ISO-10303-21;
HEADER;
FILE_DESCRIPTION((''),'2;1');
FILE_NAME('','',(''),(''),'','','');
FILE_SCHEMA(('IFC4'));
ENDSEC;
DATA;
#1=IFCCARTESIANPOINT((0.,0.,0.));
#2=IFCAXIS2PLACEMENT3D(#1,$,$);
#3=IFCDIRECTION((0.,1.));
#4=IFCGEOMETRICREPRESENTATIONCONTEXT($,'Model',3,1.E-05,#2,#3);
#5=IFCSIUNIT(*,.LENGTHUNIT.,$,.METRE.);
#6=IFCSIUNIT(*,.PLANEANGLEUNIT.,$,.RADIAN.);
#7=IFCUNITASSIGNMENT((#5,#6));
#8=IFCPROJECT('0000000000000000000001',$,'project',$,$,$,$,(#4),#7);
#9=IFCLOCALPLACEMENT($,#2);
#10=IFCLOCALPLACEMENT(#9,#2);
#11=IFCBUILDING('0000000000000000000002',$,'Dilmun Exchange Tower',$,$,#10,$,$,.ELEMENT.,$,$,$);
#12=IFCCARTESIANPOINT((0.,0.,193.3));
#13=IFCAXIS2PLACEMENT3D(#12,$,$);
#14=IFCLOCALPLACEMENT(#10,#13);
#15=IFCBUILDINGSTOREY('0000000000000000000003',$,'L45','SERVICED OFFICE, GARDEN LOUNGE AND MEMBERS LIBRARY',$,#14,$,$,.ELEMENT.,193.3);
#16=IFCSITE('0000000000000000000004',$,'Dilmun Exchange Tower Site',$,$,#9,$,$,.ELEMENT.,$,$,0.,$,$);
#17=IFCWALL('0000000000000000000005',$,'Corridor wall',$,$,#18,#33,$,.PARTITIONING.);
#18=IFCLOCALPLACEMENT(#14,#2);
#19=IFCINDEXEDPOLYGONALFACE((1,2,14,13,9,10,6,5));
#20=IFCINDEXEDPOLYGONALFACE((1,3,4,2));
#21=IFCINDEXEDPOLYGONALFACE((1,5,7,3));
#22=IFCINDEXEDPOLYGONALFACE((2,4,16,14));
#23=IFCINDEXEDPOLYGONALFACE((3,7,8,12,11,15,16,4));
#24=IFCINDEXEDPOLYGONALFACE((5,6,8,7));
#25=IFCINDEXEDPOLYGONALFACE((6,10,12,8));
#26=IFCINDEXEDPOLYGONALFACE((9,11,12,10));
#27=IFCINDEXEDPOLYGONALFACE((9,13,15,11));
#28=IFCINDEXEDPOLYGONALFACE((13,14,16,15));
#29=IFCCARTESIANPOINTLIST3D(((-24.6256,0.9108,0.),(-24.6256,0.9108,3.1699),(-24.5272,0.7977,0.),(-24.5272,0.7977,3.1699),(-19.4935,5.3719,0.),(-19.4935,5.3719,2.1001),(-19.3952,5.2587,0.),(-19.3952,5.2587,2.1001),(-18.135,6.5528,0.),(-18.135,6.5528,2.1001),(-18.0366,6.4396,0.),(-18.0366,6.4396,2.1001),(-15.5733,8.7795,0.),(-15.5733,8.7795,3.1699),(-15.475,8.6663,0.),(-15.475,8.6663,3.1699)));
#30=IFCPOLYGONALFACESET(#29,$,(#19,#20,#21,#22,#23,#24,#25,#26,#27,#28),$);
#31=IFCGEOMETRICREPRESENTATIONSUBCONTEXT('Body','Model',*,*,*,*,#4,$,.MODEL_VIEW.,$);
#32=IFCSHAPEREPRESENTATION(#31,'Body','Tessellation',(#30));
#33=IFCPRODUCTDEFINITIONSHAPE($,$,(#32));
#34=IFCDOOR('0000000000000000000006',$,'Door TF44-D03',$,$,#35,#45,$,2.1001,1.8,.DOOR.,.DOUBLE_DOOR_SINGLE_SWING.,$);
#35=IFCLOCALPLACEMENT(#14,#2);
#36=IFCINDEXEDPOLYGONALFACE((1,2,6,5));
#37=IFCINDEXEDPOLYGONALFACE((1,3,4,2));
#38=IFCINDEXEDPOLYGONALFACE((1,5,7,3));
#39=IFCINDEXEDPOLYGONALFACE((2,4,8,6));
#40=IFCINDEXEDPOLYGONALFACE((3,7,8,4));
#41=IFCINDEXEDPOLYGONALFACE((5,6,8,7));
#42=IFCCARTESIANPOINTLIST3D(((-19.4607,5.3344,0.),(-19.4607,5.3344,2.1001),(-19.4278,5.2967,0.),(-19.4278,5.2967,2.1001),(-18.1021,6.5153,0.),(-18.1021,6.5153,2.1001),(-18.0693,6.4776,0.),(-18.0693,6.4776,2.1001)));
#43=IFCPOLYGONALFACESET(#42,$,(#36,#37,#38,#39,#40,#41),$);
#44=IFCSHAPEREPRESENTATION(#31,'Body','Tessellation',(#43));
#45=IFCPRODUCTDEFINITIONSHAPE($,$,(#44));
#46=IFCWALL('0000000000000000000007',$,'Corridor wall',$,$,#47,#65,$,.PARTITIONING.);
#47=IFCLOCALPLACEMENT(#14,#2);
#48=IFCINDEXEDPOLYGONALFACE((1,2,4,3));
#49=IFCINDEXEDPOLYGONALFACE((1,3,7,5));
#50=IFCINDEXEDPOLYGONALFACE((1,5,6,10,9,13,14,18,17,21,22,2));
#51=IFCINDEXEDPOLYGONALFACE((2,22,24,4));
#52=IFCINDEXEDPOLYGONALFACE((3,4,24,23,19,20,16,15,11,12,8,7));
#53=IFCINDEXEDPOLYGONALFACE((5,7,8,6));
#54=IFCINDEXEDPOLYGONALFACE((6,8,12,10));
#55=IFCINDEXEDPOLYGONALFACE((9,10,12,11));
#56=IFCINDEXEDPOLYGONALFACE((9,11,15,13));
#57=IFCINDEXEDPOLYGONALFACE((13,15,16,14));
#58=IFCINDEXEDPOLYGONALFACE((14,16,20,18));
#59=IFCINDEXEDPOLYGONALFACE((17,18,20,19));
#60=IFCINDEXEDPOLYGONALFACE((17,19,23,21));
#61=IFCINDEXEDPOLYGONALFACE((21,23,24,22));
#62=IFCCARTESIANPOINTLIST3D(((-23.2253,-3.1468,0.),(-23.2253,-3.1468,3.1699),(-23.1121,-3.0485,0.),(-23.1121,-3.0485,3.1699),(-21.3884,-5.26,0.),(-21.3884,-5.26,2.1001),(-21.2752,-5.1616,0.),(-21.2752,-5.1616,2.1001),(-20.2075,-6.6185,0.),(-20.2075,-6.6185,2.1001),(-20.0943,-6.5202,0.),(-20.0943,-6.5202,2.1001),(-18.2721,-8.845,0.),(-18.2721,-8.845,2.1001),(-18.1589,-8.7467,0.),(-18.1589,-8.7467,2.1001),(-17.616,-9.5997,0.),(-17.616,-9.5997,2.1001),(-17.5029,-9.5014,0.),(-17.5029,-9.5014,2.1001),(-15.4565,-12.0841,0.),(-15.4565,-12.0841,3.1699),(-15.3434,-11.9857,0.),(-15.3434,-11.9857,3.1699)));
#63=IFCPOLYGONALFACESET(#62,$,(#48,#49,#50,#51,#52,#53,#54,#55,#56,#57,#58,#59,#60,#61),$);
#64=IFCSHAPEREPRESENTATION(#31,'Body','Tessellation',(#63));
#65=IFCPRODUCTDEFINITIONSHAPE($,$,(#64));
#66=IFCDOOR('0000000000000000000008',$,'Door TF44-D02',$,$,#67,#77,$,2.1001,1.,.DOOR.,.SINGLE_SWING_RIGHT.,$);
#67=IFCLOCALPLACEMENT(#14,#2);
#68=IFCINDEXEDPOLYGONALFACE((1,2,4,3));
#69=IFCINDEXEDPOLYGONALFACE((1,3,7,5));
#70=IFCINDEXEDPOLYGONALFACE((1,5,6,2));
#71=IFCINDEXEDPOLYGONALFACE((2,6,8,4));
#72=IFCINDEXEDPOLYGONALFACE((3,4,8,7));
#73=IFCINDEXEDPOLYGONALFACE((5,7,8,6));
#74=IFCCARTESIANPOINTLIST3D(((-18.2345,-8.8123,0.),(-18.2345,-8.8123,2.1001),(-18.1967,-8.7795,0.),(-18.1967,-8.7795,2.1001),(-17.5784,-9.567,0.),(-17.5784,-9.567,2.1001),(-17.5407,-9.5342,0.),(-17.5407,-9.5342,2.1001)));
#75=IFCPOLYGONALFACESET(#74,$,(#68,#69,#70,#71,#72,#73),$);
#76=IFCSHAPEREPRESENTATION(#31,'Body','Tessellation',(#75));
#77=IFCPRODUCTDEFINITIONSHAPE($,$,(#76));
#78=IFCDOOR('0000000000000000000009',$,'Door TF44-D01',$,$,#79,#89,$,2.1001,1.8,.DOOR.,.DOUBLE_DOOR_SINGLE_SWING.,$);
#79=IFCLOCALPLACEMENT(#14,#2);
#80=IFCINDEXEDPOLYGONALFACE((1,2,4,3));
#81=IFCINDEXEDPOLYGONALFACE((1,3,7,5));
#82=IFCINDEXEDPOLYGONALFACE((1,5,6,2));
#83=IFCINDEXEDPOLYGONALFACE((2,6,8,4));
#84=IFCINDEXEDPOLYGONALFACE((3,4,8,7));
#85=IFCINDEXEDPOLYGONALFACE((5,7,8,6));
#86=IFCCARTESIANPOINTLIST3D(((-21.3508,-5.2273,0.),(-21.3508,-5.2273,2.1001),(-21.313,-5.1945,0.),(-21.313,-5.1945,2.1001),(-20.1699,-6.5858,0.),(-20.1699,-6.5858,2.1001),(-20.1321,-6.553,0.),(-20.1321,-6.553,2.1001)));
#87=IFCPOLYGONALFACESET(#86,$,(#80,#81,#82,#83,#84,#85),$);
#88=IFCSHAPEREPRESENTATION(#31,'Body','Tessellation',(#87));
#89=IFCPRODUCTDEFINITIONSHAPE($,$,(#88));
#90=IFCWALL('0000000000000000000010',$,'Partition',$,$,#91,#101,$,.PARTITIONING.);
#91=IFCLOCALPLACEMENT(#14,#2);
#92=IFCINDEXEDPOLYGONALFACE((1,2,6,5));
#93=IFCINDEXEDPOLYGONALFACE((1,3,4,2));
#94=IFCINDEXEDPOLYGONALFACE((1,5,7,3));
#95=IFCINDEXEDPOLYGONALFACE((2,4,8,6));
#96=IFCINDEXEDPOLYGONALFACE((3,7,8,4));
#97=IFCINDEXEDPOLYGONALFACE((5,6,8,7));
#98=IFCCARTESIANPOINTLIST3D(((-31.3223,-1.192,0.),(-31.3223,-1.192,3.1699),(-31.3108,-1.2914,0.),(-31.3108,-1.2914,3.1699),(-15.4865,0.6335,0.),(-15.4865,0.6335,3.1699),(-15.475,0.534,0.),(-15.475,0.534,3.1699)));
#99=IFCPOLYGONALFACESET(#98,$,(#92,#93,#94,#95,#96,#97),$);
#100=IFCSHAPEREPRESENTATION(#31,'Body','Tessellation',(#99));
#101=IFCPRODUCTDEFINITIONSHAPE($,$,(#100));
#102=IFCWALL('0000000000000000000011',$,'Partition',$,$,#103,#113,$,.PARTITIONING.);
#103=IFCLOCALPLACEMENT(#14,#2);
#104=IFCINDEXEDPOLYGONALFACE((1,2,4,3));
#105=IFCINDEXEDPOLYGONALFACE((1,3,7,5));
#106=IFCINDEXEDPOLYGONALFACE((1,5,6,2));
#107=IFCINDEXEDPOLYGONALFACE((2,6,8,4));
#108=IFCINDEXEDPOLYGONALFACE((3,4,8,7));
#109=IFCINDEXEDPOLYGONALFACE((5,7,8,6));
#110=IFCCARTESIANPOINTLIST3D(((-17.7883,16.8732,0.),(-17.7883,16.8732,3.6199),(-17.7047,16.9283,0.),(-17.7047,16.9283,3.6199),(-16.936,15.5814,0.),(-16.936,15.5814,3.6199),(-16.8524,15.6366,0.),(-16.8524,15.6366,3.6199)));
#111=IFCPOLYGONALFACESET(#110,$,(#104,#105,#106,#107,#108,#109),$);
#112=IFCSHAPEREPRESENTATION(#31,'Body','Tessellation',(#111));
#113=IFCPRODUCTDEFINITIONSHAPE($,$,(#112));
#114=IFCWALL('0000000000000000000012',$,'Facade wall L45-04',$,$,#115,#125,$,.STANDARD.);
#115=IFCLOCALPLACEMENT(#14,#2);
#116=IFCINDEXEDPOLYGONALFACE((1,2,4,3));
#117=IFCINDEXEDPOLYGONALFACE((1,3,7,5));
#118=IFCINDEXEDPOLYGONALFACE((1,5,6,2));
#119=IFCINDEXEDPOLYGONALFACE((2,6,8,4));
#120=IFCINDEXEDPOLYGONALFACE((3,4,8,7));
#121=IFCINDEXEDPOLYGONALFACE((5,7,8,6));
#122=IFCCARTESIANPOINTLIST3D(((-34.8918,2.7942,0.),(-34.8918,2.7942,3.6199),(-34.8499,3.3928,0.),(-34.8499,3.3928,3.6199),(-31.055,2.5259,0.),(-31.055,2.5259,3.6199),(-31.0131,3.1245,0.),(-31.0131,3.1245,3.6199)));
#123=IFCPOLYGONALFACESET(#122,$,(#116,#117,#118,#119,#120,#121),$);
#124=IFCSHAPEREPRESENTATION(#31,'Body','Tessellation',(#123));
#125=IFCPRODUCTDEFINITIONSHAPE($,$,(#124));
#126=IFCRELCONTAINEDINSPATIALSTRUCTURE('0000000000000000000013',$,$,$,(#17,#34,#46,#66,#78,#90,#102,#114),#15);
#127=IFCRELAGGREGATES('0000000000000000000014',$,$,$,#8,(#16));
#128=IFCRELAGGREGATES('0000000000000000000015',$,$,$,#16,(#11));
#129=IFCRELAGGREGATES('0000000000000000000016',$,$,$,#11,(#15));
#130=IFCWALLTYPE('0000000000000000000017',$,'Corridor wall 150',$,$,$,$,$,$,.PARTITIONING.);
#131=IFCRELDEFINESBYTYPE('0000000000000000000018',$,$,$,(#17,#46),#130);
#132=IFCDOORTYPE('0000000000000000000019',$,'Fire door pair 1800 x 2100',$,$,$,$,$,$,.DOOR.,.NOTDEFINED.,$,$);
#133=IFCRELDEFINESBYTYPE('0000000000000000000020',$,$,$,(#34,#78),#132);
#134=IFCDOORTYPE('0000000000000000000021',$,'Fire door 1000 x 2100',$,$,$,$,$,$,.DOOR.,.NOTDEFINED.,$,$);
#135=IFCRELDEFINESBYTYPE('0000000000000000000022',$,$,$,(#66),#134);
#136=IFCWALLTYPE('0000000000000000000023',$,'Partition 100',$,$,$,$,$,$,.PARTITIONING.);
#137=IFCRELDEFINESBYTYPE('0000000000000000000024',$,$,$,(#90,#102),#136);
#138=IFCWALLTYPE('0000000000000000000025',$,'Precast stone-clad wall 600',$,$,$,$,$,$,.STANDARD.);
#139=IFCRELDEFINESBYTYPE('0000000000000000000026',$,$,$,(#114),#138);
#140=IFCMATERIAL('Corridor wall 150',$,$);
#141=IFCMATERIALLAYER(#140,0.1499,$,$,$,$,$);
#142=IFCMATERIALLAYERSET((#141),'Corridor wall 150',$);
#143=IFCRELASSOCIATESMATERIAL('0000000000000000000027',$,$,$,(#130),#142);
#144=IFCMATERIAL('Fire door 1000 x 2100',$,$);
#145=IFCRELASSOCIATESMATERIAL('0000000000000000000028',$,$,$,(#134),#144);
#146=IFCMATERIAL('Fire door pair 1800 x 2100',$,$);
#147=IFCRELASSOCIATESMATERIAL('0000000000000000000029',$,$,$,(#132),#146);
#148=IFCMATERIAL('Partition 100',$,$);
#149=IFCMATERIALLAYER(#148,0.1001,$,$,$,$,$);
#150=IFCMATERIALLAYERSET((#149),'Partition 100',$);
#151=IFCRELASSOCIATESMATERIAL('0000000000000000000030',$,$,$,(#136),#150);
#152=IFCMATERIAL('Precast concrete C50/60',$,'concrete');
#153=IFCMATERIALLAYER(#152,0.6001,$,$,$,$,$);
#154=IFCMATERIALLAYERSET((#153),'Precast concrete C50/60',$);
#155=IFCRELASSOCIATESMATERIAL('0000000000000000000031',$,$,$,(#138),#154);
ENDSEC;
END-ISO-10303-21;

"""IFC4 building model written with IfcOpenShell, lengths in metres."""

from ifc_helpers import new_model, si_unit, direction, frame, frame_2d, origin, place, context, subcontext, project, spatial, rectangle, extrude, material, layer, layer_set, type_object, element, fill, save


model = new_model("IFC4")

# Units and contexts
model_context = context("Model", 3, precision=1e-05, world=origin(), true_north=direction((0.0, 1.0)))
body_context = subcontext(model_context, "Body", "Model", "MODEL_VIEW")
ifc_project = project(units=[si_unit("LENGTHUNIT", "METRE"), si_unit("PLANEANGLEUNIT", "RADIAN")], contexts=[model_context])

# Site, building, storey
site_placement = place(None, origin())
site = spatial("IfcSite", under=ifc_project, at=site_placement, Name="Dilmun Exchange Tower Site", CompositionType="ELEMENT", RefElevation=0.0)
building_placement = place(site_placement, origin())
building = spatial("IfcBuilding", under=site, at=building_placement, Name="Dilmun Exchange Tower", CompositionType="ELEMENT")
storey_placement = place(building_placement, frame((0.0, 0.0, 193.3)))
storey = spatial("IfcBuildingStorey", under=building, at=storey_placement, Name="L45", Description="SERVICED OFFICE, GARDEN LOUNGE AND MEMBERS LIBRARY", CompositionType="ELEMENT", Elevation=193.3)

# Shared definitions
ifc_material_1 = material(Name="Corridor wall 150")
ifc_layer_1 = layer(ifc_material_1, 0.1499)
ifc_layer_set_1 = layer_set([ifc_layer_1], Name="Corridor wall 150")
wall_type_1 = type_object("IfcWallType", Name="Corridor wall 150", PredefinedType="PARTITIONING", material=ifc_layer_set_1)
ifc_material_2 = material(Name="Fire door 1000 x 2100")
door_type_1 = type_object("IfcDoorType", Name="Fire door 1000 x 2100", OperationType="NOTDEFINED", PredefinedType="DOOR", material=ifc_material_2)
ifc_material_3 = material(Name="Fire door pair 1800 x 2100")
door_type_2 = type_object("IfcDoorType", Name="Fire door pair 1800 x 2100", OperationType="NOTDEFINED", PredefinedType="DOOR", material=ifc_material_3)

# Wall, opening, door
wall_1_placement = place(storey_placement, frame((-24.5764, 0.8542, 0.0), z_axis=(0.0, 0.0, 1.0), x_axis=(0.754724, 0.656043, 0.0)))
wall_1 = element("IfcWall", 1, at=wall_1_placement, inside=storey, type_object=wall_type_1, Name="Corridor wall", PredefinedType="PARTITIONING", context=body_context, shape_type="SweptSolid", body=[
    extrude(rectangle(XDim=11.9941, YDim=0.1499, at=frame_2d((5.9971, 0.0))), origin(), (0.0, 0.0, 1.0), 3.1699),
])
opening_1_placement = place(wall_1_placement, frame((6.8, 0.0, 0.0)))
opening_1 = element("IfcOpeningElement", 2, at=opening_1_placement, cuts=wall_1, PredefinedType="OPENING", context=body_context, shape_type="SweptSolid", body=[
    extrude(rectangle(XDim=1.8, YDim=2.1001, at=frame_2d((0.8999, 1.05))), frame((0.0, 0.085, 0.0), z_axis=(0.0, -1.0, 0.0), x_axis=(1.0, 0.0, 0.0)), (0.0, 0.0, 1.0), 0.1699),
])
door_1_placement = place(opening_1_placement, frame((1.8, 0.0, 0.0), z_axis=(0.0, 0.0, 1.0), x_axis=(-1.0, 0.0, 0.0)))
door_1 = element("IfcDoor", 3, at=door_1_placement, inside=storey, type_object=door_type_2, Name="Door TF44-D03", OperationType="DOUBLE_DOOR_SINGLE_SWING", OverallHeight=2.1001, OverallWidth=1.8, PredefinedType="DOOR", context=body_context, shape_type="SweptSolid", body=[
    extrude(rectangle(XDim=1.8, YDim=2.1001, at=frame_2d((0.8999, 1.05))), frame((0.0, 0.0249, 0.0), z_axis=(0.0, -1.0, 0.0), x_axis=(1.0, 0.0, 0.0)), (0.0, 0.0, 1.0), 0.05),
])
fill(opening_1, door_1)

# Wall, openings, doors
wall_2_placement = place(storey_placement, frame((-23.1687, -3.0977, 0.0), z_axis=(0.0, 0.0, 1.0), x_axis=(0.656048, -0.75472, 0.0)))
wall_2 = element("IfcWall", 4, at=wall_2_placement, inside=storey, type_object=wall_type_1, Name="Corridor wall", PredefinedType="PARTITIONING", context=body_context, shape_type="SweptSolid", body=[
    extrude(rectangle(XDim=11.8418, YDim=0.1499, at=frame_2d((5.9209, 0.0))), origin(), (0.0, 0.0, 1.0), 3.1699),
])
opening_2_placement = place(wall_2_placement, frame((2.8, 0.0, 0.0)))
opening_2 = element("IfcOpeningElement", 5, at=opening_2_placement, cuts=wall_2, PredefinedType="OPENING", context=body_context, shape_type="SweptSolid", body=[
    extrude(rectangle(XDim=1.8, YDim=2.1001, at=frame_2d((0.8999, 1.05))), frame((0.0, 0.085, 0.0), z_axis=(0.0, -1.0, 0.0), x_axis=(1.0, 0.0, 0.0)), (0.0, 0.0, 1.0), 0.1699),
])
opening_3_placement = place(wall_2_placement, frame((7.55, 0.0, 0.0)))
opening_3 = element("IfcOpeningElement", 6, at=opening_3_placement, cuts=wall_2, PredefinedType="OPENING", context=body_context, shape_type="SweptSolid", body=[
    extrude(rectangle(XDim=1.0, YDim=2.1001, at=frame_2d((0.5, 1.05))), frame((0.0, 0.085, 0.0), z_axis=(0.0, -1.0, 0.0), x_axis=(1.0, 0.0, 0.0)), (0.0, 0.0, 1.0), 0.1699),
])
door_2_placement = place(opening_3_placement, origin())
door_2 = element("IfcDoor", 7, at=door_2_placement, inside=storey, type_object=door_type_1, Name="Door TF44-D02", OperationType="SINGLE_SWING_RIGHT", OverallHeight=2.1001, OverallWidth=1.0, PredefinedType="DOOR", context=body_context, shape_type="SweptSolid", body=[
    extrude(rectangle(XDim=1.0, YDim=2.1001, at=frame_2d((0.5, 1.05))), frame((0.0, 0.0249, 0.0), z_axis=(0.0, -1.0, 0.0), x_axis=(1.0, 0.0, 0.0)), (0.0, 0.0, 1.0), 0.05),
])
fill(opening_3, door_2)
door_3_placement = place(opening_2_placement, origin())
door_3 = element("IfcDoor", 8, at=door_3_placement, inside=storey, type_object=door_type_2, Name="Door TF44-D01", OperationType="DOUBLE_DOOR_SINGLE_SWING", OverallHeight=2.1001, OverallWidth=1.8, PredefinedType="DOOR", context=body_context, shape_type="SweptSolid", body=[
    extrude(rectangle(XDim=1.8, YDim=2.1001, at=frame_2d((0.8999, 1.05))), frame((0.0, 0.0249, 0.0), z_axis=(0.0, -1.0, 0.0), x_axis=(1.0, 0.0, 0.0)), (0.0, 0.0, 1.0), 0.05),
])
fill(opening_2, door_3)

# Walls
ifc_material_4 = material(Name="Partition 100")
ifc_layer_2 = layer(ifc_material_4, 0.1001)
ifc_layer_set_2 = layer_set([ifc_layer_2], Name="Partition 100")
wall_type_2 = type_object("IfcWallType", Name="Partition 100", PredefinedType="PARTITIONING", material=ifc_layer_set_2)
wall_3_placement = place(storey_placement, frame((-31.3164, -1.2417, 0.0), z_axis=(0.0, 0.0, 1.0), x_axis=(0.993421, 0.114515, 0.0)))
element("IfcWall", 9, at=wall_3_placement, inside=storey, type_object=wall_type_2, Name="Partition", PredefinedType="PARTITIONING", context=body_context, shape_type="SweptSolid", body=[
    extrude(rectangle(XDim=15.9407, YDim=0.1001, at=frame_2d((7.9702, 0.0))), origin(), (0.0, 0.0, 1.0), 3.1699),
])
wall_4_placement = place(storey_placement, frame((-17.7466, 16.9009, 0.0), z_axis=(0.0, 0.0, 1.0), x_axis=(0.550726, -0.834686, 0.0)))
element("IfcWall", 10, at=wall_4_placement, inside=storey, type_object=wall_type_2, Name="Partition", PredefinedType="PARTITIONING", context=body_context, shape_type="SweptSolid", body=[
    extrude(rectangle(XDim=1.5476, YDim=0.1001, at=frame_2d((0.7739, 0.0))), origin(), (0.0, 0.0, 1.0), 3.6199),
])
ifc_material_5 = material(Name="Precast concrete C50/60", Category="concrete")
ifc_layer_3 = layer(ifc_material_5, 0.6001)
ifc_layer_set_3 = layer_set([ifc_layer_3], Name="Precast concrete C50/60")
wall_type_3 = type_object("IfcWallType", Name="Precast stone-clad wall 600", PredefinedType="STANDARD", material=ifc_layer_set_3)
wall_5_placement = place(storey_placement, frame((-34.8708, 3.0935, 0.0), z_axis=(0.0, 0.0, 1.0), x_axis=(0.997564, -0.069758, 0.0)))
element("IfcWall", 11, at=wall_5_placement, inside=storey, type_object=wall_type_3, Name="Facade wall L45-04", PredefinedType="STANDARD", context=body_context, shape_type="SweptSolid", body=[
    extrude(rectangle(XDim=3.8462, YDim=0.6001, at=frame_2d((1.9231, 0.0))), origin(), (0.0, 0.0, 1.0), 3.6199),
])

save(model, "model.ifc")
